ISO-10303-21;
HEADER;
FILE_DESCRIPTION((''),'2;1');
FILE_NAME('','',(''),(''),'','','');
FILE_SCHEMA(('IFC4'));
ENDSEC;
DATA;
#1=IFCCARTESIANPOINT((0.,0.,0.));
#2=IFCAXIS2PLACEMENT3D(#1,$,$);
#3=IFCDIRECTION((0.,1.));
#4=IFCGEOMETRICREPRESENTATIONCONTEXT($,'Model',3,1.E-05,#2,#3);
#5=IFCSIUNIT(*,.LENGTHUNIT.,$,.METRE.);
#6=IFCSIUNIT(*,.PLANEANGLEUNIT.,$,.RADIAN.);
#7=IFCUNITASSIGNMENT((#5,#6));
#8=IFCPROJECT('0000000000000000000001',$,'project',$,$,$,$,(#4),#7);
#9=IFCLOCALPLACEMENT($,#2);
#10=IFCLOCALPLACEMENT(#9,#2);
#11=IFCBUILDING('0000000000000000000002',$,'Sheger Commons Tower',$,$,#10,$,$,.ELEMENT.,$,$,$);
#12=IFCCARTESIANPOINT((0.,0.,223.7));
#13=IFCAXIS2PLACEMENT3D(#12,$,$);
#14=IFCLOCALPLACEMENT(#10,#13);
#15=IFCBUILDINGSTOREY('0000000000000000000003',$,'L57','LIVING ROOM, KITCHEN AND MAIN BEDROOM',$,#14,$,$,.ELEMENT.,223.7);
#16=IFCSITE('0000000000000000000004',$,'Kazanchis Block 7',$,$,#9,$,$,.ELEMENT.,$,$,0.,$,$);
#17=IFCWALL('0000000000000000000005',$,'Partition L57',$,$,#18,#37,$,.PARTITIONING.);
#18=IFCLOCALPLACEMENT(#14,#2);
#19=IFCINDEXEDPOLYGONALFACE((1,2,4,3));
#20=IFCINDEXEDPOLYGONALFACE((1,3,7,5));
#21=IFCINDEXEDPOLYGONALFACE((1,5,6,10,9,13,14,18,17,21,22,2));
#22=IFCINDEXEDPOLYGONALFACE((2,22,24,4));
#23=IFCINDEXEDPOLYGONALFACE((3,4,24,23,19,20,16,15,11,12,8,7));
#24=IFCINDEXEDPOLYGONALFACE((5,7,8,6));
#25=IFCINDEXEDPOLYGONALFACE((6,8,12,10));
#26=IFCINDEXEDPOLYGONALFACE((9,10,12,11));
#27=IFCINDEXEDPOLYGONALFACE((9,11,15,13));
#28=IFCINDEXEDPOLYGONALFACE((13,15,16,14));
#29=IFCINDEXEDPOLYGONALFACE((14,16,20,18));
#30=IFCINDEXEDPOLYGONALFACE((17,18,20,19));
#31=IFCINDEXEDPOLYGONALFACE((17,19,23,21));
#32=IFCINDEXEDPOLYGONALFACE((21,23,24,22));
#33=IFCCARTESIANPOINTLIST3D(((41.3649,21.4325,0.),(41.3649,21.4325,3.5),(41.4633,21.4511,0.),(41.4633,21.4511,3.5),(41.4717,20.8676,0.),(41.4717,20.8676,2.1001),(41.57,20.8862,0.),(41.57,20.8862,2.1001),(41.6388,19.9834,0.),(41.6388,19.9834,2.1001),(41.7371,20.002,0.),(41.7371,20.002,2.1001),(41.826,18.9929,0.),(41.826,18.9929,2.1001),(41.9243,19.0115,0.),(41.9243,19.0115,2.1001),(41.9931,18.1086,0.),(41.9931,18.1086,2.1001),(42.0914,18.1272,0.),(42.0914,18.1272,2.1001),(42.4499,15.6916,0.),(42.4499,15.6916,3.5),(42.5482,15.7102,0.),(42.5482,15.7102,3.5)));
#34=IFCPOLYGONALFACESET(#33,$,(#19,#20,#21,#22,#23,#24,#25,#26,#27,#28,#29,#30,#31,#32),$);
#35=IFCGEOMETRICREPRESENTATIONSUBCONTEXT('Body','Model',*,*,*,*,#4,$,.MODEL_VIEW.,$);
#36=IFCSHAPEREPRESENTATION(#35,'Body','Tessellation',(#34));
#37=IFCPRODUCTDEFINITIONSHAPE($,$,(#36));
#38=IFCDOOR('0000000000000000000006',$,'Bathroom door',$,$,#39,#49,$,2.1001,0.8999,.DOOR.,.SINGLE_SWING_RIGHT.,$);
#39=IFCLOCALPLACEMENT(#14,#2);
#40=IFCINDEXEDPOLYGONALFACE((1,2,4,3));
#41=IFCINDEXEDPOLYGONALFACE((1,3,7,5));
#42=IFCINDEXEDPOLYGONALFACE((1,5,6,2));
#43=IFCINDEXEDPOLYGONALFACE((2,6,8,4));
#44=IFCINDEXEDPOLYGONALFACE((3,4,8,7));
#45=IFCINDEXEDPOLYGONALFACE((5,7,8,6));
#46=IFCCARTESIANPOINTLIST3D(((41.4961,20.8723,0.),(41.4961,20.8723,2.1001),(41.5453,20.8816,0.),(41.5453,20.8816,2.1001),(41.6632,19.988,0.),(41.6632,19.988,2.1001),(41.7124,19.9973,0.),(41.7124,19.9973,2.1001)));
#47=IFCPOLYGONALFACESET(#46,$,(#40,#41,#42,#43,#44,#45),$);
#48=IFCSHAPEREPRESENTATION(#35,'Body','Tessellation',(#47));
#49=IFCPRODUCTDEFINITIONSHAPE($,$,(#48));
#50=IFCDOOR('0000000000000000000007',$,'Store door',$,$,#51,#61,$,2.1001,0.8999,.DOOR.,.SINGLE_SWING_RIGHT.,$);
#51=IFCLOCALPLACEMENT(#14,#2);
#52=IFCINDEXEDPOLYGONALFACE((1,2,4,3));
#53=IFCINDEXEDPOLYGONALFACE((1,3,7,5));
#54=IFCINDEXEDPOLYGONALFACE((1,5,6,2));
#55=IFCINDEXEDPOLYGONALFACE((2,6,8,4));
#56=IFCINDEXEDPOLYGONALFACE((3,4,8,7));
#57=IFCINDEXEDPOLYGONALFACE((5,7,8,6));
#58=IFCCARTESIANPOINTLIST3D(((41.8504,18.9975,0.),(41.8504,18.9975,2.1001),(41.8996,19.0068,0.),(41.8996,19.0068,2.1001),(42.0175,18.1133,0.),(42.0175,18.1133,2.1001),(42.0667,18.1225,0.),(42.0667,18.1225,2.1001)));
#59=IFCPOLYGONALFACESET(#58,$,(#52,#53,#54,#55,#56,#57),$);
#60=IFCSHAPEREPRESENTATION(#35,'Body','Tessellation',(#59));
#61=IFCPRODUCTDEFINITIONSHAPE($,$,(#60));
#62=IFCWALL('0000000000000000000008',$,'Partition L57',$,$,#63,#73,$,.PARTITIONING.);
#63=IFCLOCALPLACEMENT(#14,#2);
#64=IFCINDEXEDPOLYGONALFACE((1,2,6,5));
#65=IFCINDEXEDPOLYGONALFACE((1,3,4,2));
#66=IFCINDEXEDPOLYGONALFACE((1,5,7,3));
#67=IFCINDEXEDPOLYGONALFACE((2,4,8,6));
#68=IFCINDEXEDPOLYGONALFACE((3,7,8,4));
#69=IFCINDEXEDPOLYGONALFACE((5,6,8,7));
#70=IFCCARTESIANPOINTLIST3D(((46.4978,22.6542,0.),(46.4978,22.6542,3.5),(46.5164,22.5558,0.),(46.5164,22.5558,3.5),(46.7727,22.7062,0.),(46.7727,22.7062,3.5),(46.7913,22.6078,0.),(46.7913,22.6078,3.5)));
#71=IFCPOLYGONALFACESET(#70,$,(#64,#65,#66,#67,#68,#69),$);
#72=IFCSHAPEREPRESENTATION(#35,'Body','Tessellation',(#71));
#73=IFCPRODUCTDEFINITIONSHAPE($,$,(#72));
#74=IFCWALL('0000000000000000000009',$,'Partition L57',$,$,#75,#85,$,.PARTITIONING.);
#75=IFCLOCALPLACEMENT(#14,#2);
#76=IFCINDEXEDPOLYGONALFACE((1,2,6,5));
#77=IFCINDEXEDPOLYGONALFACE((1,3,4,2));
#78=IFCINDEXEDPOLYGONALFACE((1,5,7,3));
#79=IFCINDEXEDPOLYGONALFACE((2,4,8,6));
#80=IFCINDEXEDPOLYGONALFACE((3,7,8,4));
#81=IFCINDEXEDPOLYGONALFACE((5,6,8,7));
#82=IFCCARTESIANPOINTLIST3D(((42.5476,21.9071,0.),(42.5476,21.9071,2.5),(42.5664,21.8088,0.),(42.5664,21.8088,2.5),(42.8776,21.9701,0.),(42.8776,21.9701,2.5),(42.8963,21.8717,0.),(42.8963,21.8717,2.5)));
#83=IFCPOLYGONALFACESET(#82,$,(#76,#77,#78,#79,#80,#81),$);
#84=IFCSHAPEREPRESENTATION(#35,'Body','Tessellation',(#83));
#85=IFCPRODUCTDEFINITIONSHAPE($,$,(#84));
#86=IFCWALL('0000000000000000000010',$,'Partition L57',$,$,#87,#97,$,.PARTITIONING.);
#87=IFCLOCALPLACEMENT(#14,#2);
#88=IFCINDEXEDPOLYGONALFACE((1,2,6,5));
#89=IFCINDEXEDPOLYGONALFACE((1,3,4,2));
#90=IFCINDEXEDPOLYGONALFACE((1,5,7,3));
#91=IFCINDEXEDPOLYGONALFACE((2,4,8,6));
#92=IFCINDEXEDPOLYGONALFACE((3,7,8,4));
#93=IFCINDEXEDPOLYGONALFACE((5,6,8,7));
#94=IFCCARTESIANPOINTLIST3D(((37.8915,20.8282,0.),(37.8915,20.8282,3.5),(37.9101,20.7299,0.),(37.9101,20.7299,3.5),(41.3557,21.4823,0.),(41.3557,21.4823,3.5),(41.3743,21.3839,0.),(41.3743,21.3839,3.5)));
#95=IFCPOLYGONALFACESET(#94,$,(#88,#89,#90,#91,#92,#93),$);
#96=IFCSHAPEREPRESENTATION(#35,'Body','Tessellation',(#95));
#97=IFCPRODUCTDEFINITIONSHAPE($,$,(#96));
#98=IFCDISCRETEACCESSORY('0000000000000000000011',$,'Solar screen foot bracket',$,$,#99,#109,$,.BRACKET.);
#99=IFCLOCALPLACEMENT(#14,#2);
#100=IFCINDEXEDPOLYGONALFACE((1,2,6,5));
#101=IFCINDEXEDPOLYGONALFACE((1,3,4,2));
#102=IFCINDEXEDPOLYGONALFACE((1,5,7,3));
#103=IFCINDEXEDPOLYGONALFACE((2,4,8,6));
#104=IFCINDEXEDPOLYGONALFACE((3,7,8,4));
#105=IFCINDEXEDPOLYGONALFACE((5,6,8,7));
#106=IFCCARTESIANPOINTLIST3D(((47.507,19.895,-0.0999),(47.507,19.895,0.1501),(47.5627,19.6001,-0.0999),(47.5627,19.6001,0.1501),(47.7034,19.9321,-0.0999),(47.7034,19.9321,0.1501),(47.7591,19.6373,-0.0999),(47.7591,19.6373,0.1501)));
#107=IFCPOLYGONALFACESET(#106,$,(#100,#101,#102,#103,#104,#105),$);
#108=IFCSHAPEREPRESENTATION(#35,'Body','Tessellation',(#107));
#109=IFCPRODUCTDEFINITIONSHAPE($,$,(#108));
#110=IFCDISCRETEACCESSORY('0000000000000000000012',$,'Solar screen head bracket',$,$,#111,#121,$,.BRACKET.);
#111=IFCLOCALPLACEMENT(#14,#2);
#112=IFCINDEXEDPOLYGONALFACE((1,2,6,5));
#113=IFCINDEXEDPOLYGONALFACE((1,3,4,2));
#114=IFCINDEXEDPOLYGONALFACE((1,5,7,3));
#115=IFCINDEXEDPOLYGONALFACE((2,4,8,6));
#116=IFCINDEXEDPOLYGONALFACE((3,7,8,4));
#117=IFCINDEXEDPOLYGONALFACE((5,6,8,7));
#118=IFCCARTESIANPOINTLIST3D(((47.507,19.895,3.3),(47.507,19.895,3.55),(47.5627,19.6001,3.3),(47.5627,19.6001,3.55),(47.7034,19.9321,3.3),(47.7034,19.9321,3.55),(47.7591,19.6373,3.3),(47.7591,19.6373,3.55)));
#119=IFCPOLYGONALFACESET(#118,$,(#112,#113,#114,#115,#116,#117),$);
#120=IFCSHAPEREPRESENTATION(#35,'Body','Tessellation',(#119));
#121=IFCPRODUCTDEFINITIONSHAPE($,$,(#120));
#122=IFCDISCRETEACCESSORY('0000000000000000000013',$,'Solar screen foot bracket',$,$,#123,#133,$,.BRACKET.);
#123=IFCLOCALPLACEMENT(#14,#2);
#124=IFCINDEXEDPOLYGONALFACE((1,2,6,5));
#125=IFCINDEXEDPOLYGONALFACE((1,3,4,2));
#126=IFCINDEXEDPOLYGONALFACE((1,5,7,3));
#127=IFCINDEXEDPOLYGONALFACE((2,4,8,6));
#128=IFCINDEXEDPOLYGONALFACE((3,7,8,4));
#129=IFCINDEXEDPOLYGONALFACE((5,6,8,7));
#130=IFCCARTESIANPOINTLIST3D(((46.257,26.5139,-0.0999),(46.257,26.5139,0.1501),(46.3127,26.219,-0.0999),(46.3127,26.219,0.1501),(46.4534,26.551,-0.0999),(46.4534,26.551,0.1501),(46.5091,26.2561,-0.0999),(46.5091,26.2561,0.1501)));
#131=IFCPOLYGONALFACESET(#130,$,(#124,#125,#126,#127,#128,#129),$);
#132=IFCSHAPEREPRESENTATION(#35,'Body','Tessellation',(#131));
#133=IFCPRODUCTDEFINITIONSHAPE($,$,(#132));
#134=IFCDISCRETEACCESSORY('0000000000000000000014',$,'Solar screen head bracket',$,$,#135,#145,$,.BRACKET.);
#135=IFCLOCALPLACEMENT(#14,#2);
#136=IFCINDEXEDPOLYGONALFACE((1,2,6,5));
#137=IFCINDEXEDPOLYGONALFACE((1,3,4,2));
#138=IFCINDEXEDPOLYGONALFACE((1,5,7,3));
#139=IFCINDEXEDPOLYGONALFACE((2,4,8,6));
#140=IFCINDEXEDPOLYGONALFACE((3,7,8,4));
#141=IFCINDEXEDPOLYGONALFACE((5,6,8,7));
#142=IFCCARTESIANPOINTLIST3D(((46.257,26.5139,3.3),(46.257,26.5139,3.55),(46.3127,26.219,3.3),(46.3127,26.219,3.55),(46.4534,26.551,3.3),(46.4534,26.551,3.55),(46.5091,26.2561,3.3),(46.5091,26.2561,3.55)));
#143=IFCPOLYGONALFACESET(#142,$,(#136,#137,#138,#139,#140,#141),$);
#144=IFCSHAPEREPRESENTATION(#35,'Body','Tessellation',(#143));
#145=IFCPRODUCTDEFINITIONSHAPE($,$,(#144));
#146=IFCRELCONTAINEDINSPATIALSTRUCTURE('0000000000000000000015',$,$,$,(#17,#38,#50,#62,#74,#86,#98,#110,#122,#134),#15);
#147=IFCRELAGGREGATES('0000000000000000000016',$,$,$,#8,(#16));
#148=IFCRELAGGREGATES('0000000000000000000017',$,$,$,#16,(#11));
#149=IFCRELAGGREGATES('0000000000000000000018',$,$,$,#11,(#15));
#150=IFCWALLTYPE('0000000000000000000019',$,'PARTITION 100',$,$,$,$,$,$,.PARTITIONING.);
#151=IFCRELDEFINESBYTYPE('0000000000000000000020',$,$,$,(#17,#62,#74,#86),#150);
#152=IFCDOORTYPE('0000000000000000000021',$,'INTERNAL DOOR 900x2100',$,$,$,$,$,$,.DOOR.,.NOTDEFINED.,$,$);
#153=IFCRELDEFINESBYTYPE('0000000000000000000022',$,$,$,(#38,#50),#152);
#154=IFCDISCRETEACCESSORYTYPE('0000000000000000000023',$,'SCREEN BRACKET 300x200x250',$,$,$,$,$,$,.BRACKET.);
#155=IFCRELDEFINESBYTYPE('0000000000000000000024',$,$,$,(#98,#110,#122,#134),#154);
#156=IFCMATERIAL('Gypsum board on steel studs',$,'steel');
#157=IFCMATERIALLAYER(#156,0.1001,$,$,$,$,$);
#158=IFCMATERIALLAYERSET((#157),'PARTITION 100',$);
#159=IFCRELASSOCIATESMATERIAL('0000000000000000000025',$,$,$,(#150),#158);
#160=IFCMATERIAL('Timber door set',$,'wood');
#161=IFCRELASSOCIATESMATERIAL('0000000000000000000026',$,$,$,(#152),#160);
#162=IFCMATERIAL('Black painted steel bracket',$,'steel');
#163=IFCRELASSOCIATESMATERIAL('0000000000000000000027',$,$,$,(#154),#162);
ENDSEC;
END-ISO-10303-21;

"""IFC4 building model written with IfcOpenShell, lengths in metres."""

from ifc_helpers import new_model, si_unit, direction, frame, frame_2d, origin, origin_2d, place, context, subcontext, project, spatial, rectangle, extrude, material, layer, layer_set, type_object, element, fill, save


model = new_model("IFC4")

# Units and contexts
model_context = context("Model", 3, precision=1e-05, world=origin(), true_north=direction((0.0, 1.0)))
body_context = subcontext(model_context, "Body", "Model", "MODEL_VIEW")
ifc_project = project(units=[si_unit("LENGTHUNIT", "METRE"), si_unit("PLANEANGLEUNIT", "RADIAN")], contexts=[model_context])

# Site, building, storey
site_placement = place(None, origin())
site = spatial("IfcSite", under=ifc_project, at=site_placement, Name="Kazanchis Block 7", CompositionType="ELEMENT", RefElevation=0.0)
building_placement = place(site_placement, origin())
building = spatial("IfcBuilding", under=site, at=building_placement, Name="Sheger Commons Tower", CompositionType="ELEMENT")
storey_placement = place(building_placement, frame((0.0, 0.0, 223.7)))
storey = spatial("IfcBuildingStorey", under=building, at=storey_placement, Name="L57", Description="LIVING ROOM, KITCHEN AND MAIN BEDROOM", CompositionType="ELEMENT", Elevation=223.7)

# Shared definitions
ifc_material_1 = material(Name="Gypsum board on steel studs", Category="steel")
ifc_layer_1 = layer(ifc_material_1, 0.1001)
ifc_layer_set_1 = layer_set([ifc_layer_1], Name="PARTITION 100")
wall_type_1 = type_object("IfcWallType", Name="PARTITION 100", PredefinedType="PARTITIONING", material=ifc_layer_set_1)

# Wall, openings, doors
ifc_material_2 = material(Name="Timber door set", Category="wood")
door_type = type_object("IfcDoorType", Name="INTERNAL DOOR 900x2100", OperationType="NOTDEFINED", PredefinedType="DOOR", material=ifc_material_2)
wall_1_placement = place(storey_placement, frame((41.4141, 21.4419, 0.0), z_axis=(0.0, 0.0, 1.0), x_axis=(0.185699, -0.982607, 0.0)))
wall_1 = element("IfcWall", 1, at=wall_1_placement, inside=storey, type_object=wall_type_1, Name="Partition L57", PredefinedType="PARTITIONING", context=body_context, shape_type="SweptSolid", body=[
    extrude(rectangle(XDim=5.8425, YDim=0.1001, at=frame_2d((2.9214, 0.0))), origin(), (0.0, 0.0, 1.0), 3.5),
])
opening_1_placement = place(wall_1_placement, frame((0.575, 0.0, 0.0)))
opening_1 = element("IfcOpeningElement", 2, at=opening_1_placement, cuts=wall_1, PredefinedType="OPENING", context=body_context, shape_type="SweptSolid", body=[
    extrude(rectangle(XDim=0.8999, YDim=2.1001, at=frame_2d((0.45, 1.05))), frame((0.0, 0.0601, 0.0), z_axis=(0.0, -1.0, 0.0), x_axis=(1.0, 0.0, 0.0)), (0.0, 0.0, 1.0), 0.1201),
])
opening_2_placement = place(wall_1_placement, frame((2.4829, 0.0, 0.0)))
opening_2 = element("IfcOpeningElement", 3, at=opening_2_placement, cuts=wall_1, PredefinedType="OPENING", context=body_context, shape_type="SweptSolid", body=[
    extrude(rectangle(XDim=0.8999, YDim=2.1001, at=frame_2d((0.45, 1.05))), frame((0.0, 0.0601, 0.0), z_axis=(0.0, -1.0, 0.0), x_axis=(1.0, 0.0, 0.0)), (0.0, 0.0, 1.0), 0.1201),
])
door_1_placement = place(opening_1_placement, origin())
door_1 = element("IfcDoor", 4, at=door_1_placement, inside=storey, type_object=door_type, Name="Bathroom door", OperationType="SINGLE_SWING_RIGHT", OverallHeight=2.1001, OverallWidth=0.8999, PredefinedType="DOOR", context=body_context, shape_type="SweptSolid", body=[
    extrude(rectangle(XDim=0.8999, YDim=2.1001, at=frame_2d((0.45, 1.05))), frame((0.0, 0.0249, 0.0), z_axis=(0.0, -1.0, 0.0), x_axis=(1.0, 0.0, 0.0)), (0.0, 0.0, 1.0), 0.05),
])
fill(opening_1, door_1)
door_2_placement = place(opening_2_placement, origin())
door_2 = element("IfcDoor", 5, at=door_2_placement, inside=storey, type_object=door_type, Name="Store door", OperationType="SINGLE_SWING_RIGHT", OverallHeight=2.1001, OverallWidth=0.8999, PredefinedType="DOOR", context=body_context, shape_type="SweptSolid", body=[
    extrude(rectangle(XDim=0.8999, YDim=2.1001, at=frame_2d((0.45, 1.05))), frame((0.0, 0.0249, 0.0), z_axis=(0.0, -1.0, 0.0), x_axis=(1.0, 0.0, 0.0)), (0.0, 0.0, 1.0), 0.05),
])
fill(opening_2, door_2)

# Walls
wall_2_placement = place(storey_placement, frame((46.782, 22.657, 0.0), z_axis=(0.0, 0.0, 1.0), x_axis=(-0.982575, -0.185869, 0.0)))
element("IfcWall", 6, at=wall_2_placement, inside=storey, type_object=wall_type_1, Name="Partition L57", PredefinedType="PARTITIONING", context=body_context, shape_type="SweptSolid", body=[
    extrude(rectangle(XDim=0.2798, YDim=0.1001, at=frame_2d((0.1399, 0.0))), origin(), (0.0, 0.0, 1.0), 3.5),
])
wall_3_placement = place(storey_placement, frame((42.887, 21.9209, 0.0), z_axis=(0.0, 0.0, 1.0), x_axis=(-0.982275, -0.187446, 0.0)))
element("IfcWall", 7, at=wall_3_placement, inside=storey, type_object=wall_type_1, Name="Partition L57", PredefinedType="PARTITIONING", context=body_context, shape_type="SweptSolid", body=[
    extrude(rectangle(XDim=0.3359, YDim=0.1001, at=frame_2d((0.168, 0.0))), origin(), (0.0, 0.0, 1.0), 2.5),
])
wall_4_placement = place(storey_placement, frame((41.365, 21.4331, 0.0), z_axis=(0.0, 0.0, 1.0), x_axis=(-0.982639, -0.18553, 0.0)))
element("IfcWall", 8, at=wall_4_placement, inside=storey, type_object=wall_type_1, Name="Partition L57", PredefinedType="PARTITIONING", context=body_context, shape_type="SweptSolid", body=[
    extrude(rectangle(XDim=3.5254, YDim=0.1001, at=frame_2d((1.7627, 0.0))), origin(), (0.0, 0.0, 1.0), 3.5),
])

# Discrete accessories
ifc_material_3 = material(Name="Black painted steel bracket", Category="steel")
discrete_accessory_type = type_object("IfcDiscreteAccessoryType", Name="SCREEN BRACKET 300x200x250", PredefinedType="BRACKET", material=ifc_material_3)
for number, where, z_axis, x_axis, name in (
    (9, (47.6331, 19.7661, -0.0999), (0.0, 0.0, 1.0), (-0.185615, 0.982623, 0.0), "Solar screen foot bracket"),
    (10, (47.6331, 19.7661, 3.3), (0.0, 0.0, 1.0), (-0.185615, 0.982623, 0.0), "Solar screen head bracket"),
    (11, (46.3831, 26.385, -0.0999), (0.0, 0.0, 1.0), (-0.185615, 0.982623, 0.0), "Solar screen foot bracket"),
    (12, (46.3831, 26.385, 3.3), (0.0, 0.0, 1.0), (-0.185615, 0.982623, 0.0), "Solar screen head bracket"),
):
    element("IfcDiscreteAccessory", number, at=place(storey_placement, frame(where, z_axis=z_axis, x_axis=x_axis)), inside=storey, type_object=discrete_accessory_type, Name=name, PredefinedType="BRACKET", context=body_context, shape_type="SweptSolid", body=[
        extrude(rectangle(XDim=0.3, YDim=0.2, at=origin_2d()), origin(), (0.0, 0.0, 1.0), 0.25),
    ])

save(model, "model.ifc")
